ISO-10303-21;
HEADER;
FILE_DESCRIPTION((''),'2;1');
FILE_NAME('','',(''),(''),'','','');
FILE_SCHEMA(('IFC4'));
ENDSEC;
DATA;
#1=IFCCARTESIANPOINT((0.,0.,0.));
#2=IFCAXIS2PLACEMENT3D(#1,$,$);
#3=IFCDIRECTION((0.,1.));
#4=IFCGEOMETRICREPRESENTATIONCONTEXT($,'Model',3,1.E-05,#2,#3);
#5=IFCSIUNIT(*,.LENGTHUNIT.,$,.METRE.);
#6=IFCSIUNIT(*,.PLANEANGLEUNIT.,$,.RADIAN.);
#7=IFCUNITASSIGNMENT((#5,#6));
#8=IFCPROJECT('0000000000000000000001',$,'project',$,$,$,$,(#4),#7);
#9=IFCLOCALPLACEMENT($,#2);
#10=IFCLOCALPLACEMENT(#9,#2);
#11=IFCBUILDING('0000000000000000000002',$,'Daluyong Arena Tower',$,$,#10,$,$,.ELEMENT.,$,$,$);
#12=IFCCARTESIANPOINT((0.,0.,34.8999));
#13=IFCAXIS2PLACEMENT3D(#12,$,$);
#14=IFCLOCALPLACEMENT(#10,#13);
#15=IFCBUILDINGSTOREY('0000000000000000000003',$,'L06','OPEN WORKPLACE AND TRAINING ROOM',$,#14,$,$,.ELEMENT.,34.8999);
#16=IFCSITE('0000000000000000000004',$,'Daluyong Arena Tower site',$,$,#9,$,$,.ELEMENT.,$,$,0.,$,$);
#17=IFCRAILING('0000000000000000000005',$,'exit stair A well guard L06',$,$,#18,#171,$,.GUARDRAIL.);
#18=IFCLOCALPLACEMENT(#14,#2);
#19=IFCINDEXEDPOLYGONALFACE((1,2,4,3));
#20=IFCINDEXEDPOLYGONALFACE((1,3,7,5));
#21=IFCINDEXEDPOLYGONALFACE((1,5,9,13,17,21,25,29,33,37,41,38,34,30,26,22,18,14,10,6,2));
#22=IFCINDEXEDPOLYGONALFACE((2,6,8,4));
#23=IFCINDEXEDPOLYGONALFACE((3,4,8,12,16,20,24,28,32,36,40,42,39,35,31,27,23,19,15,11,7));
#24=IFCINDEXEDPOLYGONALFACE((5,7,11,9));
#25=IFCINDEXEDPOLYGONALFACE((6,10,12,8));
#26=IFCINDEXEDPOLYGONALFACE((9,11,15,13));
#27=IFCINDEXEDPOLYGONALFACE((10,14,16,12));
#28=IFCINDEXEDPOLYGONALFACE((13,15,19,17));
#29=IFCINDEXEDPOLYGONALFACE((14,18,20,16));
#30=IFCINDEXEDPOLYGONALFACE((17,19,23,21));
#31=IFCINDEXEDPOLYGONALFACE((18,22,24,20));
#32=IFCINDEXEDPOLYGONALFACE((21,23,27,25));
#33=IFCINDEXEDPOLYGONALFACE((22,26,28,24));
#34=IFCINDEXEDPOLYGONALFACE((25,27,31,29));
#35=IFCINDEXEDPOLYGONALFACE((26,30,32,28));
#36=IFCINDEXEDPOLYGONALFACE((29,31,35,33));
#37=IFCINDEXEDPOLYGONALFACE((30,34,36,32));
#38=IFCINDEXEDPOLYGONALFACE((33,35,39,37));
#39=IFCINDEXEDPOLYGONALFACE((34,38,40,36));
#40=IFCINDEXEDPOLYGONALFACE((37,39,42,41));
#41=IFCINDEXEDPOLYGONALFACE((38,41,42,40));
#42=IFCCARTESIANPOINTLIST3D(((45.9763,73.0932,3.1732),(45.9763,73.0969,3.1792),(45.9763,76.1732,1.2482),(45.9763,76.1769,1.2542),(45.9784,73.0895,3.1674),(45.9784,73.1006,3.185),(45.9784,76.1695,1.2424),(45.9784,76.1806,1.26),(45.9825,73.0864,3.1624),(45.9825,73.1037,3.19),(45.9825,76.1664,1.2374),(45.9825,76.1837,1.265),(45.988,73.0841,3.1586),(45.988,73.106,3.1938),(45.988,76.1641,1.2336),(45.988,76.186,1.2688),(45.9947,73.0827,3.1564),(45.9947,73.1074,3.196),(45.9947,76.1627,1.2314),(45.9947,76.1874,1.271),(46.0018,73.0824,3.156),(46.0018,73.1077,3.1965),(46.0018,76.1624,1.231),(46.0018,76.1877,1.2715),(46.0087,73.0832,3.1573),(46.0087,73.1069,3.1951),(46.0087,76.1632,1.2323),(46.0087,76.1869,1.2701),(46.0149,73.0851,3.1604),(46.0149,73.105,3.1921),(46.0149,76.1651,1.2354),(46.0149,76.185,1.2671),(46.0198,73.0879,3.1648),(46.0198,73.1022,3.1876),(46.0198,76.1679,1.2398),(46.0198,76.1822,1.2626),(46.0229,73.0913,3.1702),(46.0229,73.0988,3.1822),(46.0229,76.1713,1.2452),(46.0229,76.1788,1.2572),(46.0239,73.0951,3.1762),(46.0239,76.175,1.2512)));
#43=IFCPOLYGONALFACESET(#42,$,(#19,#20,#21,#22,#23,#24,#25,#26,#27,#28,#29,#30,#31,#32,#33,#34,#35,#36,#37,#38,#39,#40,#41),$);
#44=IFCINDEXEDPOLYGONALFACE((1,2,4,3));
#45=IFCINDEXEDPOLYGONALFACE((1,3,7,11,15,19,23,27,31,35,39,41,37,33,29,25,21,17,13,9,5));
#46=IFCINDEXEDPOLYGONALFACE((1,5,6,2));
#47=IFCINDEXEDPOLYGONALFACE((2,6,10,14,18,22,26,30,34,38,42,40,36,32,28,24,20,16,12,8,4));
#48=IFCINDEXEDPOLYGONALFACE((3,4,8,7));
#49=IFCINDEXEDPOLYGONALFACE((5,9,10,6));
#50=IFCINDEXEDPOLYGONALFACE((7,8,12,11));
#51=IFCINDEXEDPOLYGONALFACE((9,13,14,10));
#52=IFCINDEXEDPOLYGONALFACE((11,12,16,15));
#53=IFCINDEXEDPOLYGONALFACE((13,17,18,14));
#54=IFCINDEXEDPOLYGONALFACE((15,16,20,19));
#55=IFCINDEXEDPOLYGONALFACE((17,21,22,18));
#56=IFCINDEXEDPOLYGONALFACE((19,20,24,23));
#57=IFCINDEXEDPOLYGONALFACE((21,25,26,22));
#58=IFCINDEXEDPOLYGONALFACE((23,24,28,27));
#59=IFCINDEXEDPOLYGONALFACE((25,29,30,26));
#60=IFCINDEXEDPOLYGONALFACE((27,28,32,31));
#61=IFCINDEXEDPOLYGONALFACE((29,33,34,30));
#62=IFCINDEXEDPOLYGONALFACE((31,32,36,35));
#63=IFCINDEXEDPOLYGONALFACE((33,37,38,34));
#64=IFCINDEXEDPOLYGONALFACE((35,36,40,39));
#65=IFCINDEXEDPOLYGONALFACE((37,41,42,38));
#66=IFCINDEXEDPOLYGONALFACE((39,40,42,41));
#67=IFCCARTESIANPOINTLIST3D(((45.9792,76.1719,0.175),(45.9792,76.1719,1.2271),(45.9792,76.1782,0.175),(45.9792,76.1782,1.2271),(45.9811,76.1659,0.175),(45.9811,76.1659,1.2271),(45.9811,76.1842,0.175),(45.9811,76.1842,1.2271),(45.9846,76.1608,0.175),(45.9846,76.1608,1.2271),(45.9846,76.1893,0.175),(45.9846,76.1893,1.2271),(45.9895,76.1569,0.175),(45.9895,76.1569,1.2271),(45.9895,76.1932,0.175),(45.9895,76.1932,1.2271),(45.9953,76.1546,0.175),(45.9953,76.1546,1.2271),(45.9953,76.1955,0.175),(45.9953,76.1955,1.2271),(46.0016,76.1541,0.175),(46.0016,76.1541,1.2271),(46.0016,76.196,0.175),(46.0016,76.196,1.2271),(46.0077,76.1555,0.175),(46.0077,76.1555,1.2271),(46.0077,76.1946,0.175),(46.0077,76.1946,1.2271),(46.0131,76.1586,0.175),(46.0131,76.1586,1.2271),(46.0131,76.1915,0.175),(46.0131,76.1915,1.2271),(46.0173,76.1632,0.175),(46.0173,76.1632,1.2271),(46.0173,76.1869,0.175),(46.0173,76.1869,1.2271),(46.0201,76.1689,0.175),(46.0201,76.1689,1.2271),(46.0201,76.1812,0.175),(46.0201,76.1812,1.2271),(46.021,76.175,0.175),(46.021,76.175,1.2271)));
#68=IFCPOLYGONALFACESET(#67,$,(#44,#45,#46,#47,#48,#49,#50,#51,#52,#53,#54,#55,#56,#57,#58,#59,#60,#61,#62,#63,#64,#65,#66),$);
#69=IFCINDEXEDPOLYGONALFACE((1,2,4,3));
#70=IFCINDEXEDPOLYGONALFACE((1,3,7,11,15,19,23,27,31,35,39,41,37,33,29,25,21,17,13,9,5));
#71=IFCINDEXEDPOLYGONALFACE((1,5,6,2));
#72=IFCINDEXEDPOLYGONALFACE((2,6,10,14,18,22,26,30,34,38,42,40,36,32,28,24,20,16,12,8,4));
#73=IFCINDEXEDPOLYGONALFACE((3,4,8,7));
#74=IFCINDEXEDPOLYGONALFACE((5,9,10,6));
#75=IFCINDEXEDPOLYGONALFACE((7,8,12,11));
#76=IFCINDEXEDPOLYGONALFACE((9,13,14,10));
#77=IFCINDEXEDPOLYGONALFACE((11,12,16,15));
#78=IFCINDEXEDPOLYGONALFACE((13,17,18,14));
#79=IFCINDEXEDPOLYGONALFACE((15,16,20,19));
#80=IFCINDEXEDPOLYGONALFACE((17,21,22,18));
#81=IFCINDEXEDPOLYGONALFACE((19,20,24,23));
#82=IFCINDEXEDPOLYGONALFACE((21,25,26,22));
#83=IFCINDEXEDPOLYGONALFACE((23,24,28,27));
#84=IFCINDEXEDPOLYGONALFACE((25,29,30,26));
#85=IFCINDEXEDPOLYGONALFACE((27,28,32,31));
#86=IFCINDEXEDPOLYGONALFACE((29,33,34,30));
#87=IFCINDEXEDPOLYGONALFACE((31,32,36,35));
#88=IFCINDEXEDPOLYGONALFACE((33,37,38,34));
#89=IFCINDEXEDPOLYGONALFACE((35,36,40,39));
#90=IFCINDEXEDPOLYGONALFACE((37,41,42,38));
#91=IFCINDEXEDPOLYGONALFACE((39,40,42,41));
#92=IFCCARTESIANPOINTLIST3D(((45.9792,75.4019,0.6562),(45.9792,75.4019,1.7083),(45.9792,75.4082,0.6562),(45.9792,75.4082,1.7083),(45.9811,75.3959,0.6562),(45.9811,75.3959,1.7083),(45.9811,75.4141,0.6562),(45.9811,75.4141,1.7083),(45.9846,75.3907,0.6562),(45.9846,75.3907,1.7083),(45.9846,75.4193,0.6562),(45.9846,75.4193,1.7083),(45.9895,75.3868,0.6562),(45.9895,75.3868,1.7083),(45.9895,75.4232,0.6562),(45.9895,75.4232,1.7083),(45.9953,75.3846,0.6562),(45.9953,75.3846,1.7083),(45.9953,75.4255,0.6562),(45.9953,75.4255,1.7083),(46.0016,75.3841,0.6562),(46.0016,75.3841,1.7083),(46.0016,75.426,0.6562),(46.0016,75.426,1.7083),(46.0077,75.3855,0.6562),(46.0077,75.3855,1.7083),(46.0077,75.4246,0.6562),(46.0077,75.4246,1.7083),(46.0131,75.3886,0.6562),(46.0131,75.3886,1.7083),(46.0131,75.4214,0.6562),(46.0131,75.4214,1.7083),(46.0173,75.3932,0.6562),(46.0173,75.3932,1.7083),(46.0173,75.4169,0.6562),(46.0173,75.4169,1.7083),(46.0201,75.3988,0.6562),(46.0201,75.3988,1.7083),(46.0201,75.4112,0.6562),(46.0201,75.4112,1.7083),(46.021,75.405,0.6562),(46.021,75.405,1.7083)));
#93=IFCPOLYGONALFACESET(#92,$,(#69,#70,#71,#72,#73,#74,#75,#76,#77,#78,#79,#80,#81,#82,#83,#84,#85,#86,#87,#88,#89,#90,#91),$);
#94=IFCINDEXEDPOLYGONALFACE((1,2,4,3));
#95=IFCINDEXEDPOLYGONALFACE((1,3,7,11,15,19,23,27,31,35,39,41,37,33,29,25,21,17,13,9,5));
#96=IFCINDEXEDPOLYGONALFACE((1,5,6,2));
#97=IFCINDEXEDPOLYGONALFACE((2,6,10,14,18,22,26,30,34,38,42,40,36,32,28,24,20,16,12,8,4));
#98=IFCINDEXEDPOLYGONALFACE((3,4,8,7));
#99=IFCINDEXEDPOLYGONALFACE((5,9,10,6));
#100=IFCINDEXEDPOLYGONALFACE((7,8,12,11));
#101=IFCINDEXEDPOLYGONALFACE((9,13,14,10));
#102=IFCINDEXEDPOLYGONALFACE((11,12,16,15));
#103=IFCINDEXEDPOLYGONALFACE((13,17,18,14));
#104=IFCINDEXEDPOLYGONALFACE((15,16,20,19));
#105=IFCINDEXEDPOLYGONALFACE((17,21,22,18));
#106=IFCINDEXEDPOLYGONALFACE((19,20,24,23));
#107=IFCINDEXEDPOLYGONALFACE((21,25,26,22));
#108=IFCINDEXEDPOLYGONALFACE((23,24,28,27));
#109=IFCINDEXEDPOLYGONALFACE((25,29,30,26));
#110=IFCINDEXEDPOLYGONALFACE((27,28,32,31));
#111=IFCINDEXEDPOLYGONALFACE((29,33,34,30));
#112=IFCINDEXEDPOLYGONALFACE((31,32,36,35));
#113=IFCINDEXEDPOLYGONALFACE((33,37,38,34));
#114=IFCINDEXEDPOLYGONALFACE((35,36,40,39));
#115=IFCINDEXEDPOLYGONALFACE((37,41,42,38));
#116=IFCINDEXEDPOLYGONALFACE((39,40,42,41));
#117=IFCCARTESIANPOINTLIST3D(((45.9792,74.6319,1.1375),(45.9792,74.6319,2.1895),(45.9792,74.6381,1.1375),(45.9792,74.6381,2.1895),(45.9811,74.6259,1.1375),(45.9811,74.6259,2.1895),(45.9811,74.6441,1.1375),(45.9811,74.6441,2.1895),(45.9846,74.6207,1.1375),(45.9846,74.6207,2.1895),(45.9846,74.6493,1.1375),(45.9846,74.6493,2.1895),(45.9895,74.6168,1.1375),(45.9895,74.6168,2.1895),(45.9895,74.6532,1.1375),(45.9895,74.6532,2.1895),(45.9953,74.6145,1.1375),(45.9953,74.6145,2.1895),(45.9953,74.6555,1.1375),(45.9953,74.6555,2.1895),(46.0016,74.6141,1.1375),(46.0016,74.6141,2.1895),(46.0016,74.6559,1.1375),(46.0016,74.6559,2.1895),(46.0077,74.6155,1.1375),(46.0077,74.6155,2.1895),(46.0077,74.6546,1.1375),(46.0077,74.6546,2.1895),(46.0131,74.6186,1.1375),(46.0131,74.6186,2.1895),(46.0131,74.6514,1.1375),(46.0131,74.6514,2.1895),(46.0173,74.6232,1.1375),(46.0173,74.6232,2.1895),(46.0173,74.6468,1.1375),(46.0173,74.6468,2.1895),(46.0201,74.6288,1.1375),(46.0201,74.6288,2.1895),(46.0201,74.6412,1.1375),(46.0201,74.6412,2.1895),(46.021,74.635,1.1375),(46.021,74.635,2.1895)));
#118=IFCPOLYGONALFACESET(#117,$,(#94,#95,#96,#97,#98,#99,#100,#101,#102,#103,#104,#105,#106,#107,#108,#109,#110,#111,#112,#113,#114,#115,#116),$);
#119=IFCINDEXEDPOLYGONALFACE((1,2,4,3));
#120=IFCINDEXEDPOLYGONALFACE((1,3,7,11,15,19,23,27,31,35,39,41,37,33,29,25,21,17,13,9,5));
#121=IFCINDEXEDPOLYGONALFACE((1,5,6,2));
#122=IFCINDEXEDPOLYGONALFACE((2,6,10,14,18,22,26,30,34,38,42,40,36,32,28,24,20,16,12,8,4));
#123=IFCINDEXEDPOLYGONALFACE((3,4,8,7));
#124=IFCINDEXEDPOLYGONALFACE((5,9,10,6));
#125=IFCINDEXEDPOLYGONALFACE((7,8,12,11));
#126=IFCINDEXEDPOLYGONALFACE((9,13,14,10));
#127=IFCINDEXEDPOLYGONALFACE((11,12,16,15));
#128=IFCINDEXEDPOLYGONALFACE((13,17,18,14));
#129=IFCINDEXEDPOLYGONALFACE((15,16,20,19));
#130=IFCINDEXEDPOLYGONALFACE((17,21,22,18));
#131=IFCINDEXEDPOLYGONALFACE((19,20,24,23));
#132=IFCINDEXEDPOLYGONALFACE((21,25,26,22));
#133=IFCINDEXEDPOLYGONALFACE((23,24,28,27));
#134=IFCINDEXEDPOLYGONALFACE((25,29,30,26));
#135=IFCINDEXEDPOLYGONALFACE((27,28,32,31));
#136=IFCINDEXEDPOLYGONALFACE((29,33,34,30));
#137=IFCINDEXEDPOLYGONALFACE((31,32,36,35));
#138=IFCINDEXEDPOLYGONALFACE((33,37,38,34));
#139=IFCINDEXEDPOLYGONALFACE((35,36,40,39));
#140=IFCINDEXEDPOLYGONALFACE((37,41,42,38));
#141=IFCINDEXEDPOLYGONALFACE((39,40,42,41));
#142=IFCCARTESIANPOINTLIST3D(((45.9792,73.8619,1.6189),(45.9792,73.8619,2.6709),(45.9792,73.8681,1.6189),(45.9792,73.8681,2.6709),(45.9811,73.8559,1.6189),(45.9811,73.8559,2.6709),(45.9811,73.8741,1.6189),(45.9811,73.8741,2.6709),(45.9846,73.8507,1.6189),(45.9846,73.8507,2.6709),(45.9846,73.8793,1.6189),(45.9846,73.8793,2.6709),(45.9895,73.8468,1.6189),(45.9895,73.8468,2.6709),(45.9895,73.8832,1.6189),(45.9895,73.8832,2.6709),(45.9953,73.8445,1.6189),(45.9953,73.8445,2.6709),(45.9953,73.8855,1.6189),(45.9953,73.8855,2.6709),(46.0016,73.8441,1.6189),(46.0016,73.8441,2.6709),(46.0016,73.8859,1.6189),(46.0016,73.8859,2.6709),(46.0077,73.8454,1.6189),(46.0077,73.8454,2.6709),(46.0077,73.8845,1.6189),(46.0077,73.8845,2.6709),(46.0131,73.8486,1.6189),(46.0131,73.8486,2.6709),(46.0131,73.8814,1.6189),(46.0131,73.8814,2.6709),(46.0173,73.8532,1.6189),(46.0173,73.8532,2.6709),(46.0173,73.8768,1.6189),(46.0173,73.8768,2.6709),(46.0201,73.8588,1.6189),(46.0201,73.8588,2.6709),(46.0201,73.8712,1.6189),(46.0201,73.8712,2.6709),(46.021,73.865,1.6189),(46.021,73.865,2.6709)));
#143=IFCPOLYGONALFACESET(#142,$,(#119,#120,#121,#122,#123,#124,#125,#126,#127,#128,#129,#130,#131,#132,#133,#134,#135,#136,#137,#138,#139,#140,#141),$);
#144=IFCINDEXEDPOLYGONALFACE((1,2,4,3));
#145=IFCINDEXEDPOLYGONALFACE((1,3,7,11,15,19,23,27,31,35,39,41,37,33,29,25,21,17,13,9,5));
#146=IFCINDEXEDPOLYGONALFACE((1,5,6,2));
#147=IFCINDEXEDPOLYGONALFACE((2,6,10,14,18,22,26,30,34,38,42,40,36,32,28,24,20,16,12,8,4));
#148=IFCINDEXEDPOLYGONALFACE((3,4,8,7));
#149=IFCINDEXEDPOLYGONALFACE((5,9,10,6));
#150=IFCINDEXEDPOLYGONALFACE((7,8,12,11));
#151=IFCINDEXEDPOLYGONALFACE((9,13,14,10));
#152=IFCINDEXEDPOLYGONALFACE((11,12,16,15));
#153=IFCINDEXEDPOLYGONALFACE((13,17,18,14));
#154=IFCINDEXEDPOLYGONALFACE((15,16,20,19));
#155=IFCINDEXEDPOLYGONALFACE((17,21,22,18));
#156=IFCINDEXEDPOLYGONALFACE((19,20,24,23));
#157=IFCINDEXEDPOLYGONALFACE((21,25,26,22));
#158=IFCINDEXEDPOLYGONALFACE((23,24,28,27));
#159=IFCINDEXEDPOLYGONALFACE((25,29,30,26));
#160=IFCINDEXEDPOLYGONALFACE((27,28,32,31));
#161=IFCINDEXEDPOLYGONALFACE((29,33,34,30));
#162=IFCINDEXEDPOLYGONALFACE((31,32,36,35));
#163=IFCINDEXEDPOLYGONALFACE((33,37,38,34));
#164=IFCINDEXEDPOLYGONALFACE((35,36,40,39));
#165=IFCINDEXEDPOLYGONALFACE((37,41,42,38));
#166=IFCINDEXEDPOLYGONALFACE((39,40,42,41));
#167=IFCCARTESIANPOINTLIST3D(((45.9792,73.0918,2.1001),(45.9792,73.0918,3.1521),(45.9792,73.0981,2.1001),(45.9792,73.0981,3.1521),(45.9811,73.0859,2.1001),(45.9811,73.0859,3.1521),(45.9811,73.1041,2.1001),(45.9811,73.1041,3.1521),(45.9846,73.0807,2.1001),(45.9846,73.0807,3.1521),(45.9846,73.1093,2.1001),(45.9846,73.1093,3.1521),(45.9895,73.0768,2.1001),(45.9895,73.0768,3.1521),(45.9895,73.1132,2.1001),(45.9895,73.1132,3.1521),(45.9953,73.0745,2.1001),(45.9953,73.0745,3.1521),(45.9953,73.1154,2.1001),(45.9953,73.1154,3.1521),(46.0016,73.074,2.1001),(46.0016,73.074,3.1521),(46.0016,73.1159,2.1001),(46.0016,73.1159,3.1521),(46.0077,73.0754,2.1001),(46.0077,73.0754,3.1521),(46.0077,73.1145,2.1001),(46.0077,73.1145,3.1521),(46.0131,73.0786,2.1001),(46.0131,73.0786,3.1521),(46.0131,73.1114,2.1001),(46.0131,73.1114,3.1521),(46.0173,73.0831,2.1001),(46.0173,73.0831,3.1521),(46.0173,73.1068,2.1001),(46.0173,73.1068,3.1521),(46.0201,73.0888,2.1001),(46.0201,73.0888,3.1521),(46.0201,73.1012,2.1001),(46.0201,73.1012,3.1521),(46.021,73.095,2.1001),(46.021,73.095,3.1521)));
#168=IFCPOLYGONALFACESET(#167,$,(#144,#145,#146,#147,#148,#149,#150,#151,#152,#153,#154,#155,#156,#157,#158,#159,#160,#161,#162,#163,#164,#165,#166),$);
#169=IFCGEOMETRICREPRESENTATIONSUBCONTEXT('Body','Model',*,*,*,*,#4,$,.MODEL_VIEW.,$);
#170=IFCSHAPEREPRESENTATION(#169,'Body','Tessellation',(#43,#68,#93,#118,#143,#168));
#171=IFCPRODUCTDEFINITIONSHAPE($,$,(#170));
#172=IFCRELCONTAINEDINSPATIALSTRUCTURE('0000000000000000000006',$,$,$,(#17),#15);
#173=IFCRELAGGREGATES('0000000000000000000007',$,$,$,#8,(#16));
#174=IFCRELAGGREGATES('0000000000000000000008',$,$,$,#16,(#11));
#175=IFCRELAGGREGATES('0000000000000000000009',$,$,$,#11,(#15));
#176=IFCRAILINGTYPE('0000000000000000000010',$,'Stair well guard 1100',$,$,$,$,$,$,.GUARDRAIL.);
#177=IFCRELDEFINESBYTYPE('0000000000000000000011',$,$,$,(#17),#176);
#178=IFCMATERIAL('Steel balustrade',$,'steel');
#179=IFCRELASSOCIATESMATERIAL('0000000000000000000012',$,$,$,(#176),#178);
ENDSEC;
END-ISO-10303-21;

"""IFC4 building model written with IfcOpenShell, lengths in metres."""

from ifc_helpers import new_model, si_unit, direction, frame, origin, origin_2d, place, context, subcontext, project, spatial, circle, extrude, material, type_object, element, save


model = new_model("IFC4")

# Units and contexts
model_context = context("Model", 3, precision=1e-05, world=origin(), true_north=direction((0.0, 1.0)))
body_context = subcontext(model_context, "Body", "Model", "MODEL_VIEW")
ifc_project = project(units=[si_unit("LENGTHUNIT", "METRE"), si_unit("PLANEANGLEUNIT", "RADIAN")], contexts=[model_context])

# Site, building, storey
site_placement = place(None, origin())
site = spatial("IfcSite", under=ifc_project, at=site_placement, Name="Daluyong Arena Tower site", CompositionType="ELEMENT", RefElevation=0.0)
building_placement = place(site_placement, origin())
building = spatial("IfcBuilding", under=site, at=building_placement, Name="Daluyong Arena Tower", CompositionType="ELEMENT")
storey_placement = place(building_placement, frame((0.0, 0.0, 34.8999)))
storey = spatial("IfcBuildingStorey", under=building, at=storey_placement, Name="L06", Description="OPEN WORKPLACE AND TRAINING ROOM", CompositionType="ELEMENT", Elevation=34.8999)

# Railing
ifc_material_1 = material(Name="Steel balustrade", Category="steel")
railing_type_1 = type_object("IfcRailingType", Name="Stair well guard 1100", PredefinedType="GUARDRAIL", material=ifc_material_1)
railing_1_placement = place(storey_placement, frame((46.0, 76.175, 0.175)))
element("IfcRailing", 1, at=railing_1_placement, inside=storey, type_object=railing_type_1, Name="exit stair A well guard L06", PredefinedType="GUARDRAIL", context=body_context, shape_type="SweptSolid", body=[
    extrude(circle(Radius=0.0239, at=origin_2d()), frame((0.0, 0.0, 1.0762), z_axis=(0.0, -0.847998, 0.529999), x_axis=(1.0, 0.0, 0.0)), (0.0, 0.0, 1.0), 3.6321),
    extrude(circle(Radius=0.021, at=origin_2d()), origin(), (0.0, 0.0, 1.0), 1.052),
    extrude(circle(Radius=0.021, at=origin_2d()), frame((0.0, -0.77, 0.4812)), (0.0, 0.0, 1.0), 1.052),
    extrude(circle(Radius=0.021, at=origin_2d()), frame((0.0, -1.54, 0.9624)), (0.0, 0.0, 1.0), 1.052),
    extrude(circle(Radius=0.021, at=origin_2d()), frame((0.0, -2.3101, 1.4438)), (0.0, 0.0, 1.0), 1.052),
    extrude(circle(Radius=0.021, at=origin_2d()), frame((0.0, -3.0801, 1.925)), (0.0, 0.0, 1.0), 1.052),
])

save(model, "model.ifc")
